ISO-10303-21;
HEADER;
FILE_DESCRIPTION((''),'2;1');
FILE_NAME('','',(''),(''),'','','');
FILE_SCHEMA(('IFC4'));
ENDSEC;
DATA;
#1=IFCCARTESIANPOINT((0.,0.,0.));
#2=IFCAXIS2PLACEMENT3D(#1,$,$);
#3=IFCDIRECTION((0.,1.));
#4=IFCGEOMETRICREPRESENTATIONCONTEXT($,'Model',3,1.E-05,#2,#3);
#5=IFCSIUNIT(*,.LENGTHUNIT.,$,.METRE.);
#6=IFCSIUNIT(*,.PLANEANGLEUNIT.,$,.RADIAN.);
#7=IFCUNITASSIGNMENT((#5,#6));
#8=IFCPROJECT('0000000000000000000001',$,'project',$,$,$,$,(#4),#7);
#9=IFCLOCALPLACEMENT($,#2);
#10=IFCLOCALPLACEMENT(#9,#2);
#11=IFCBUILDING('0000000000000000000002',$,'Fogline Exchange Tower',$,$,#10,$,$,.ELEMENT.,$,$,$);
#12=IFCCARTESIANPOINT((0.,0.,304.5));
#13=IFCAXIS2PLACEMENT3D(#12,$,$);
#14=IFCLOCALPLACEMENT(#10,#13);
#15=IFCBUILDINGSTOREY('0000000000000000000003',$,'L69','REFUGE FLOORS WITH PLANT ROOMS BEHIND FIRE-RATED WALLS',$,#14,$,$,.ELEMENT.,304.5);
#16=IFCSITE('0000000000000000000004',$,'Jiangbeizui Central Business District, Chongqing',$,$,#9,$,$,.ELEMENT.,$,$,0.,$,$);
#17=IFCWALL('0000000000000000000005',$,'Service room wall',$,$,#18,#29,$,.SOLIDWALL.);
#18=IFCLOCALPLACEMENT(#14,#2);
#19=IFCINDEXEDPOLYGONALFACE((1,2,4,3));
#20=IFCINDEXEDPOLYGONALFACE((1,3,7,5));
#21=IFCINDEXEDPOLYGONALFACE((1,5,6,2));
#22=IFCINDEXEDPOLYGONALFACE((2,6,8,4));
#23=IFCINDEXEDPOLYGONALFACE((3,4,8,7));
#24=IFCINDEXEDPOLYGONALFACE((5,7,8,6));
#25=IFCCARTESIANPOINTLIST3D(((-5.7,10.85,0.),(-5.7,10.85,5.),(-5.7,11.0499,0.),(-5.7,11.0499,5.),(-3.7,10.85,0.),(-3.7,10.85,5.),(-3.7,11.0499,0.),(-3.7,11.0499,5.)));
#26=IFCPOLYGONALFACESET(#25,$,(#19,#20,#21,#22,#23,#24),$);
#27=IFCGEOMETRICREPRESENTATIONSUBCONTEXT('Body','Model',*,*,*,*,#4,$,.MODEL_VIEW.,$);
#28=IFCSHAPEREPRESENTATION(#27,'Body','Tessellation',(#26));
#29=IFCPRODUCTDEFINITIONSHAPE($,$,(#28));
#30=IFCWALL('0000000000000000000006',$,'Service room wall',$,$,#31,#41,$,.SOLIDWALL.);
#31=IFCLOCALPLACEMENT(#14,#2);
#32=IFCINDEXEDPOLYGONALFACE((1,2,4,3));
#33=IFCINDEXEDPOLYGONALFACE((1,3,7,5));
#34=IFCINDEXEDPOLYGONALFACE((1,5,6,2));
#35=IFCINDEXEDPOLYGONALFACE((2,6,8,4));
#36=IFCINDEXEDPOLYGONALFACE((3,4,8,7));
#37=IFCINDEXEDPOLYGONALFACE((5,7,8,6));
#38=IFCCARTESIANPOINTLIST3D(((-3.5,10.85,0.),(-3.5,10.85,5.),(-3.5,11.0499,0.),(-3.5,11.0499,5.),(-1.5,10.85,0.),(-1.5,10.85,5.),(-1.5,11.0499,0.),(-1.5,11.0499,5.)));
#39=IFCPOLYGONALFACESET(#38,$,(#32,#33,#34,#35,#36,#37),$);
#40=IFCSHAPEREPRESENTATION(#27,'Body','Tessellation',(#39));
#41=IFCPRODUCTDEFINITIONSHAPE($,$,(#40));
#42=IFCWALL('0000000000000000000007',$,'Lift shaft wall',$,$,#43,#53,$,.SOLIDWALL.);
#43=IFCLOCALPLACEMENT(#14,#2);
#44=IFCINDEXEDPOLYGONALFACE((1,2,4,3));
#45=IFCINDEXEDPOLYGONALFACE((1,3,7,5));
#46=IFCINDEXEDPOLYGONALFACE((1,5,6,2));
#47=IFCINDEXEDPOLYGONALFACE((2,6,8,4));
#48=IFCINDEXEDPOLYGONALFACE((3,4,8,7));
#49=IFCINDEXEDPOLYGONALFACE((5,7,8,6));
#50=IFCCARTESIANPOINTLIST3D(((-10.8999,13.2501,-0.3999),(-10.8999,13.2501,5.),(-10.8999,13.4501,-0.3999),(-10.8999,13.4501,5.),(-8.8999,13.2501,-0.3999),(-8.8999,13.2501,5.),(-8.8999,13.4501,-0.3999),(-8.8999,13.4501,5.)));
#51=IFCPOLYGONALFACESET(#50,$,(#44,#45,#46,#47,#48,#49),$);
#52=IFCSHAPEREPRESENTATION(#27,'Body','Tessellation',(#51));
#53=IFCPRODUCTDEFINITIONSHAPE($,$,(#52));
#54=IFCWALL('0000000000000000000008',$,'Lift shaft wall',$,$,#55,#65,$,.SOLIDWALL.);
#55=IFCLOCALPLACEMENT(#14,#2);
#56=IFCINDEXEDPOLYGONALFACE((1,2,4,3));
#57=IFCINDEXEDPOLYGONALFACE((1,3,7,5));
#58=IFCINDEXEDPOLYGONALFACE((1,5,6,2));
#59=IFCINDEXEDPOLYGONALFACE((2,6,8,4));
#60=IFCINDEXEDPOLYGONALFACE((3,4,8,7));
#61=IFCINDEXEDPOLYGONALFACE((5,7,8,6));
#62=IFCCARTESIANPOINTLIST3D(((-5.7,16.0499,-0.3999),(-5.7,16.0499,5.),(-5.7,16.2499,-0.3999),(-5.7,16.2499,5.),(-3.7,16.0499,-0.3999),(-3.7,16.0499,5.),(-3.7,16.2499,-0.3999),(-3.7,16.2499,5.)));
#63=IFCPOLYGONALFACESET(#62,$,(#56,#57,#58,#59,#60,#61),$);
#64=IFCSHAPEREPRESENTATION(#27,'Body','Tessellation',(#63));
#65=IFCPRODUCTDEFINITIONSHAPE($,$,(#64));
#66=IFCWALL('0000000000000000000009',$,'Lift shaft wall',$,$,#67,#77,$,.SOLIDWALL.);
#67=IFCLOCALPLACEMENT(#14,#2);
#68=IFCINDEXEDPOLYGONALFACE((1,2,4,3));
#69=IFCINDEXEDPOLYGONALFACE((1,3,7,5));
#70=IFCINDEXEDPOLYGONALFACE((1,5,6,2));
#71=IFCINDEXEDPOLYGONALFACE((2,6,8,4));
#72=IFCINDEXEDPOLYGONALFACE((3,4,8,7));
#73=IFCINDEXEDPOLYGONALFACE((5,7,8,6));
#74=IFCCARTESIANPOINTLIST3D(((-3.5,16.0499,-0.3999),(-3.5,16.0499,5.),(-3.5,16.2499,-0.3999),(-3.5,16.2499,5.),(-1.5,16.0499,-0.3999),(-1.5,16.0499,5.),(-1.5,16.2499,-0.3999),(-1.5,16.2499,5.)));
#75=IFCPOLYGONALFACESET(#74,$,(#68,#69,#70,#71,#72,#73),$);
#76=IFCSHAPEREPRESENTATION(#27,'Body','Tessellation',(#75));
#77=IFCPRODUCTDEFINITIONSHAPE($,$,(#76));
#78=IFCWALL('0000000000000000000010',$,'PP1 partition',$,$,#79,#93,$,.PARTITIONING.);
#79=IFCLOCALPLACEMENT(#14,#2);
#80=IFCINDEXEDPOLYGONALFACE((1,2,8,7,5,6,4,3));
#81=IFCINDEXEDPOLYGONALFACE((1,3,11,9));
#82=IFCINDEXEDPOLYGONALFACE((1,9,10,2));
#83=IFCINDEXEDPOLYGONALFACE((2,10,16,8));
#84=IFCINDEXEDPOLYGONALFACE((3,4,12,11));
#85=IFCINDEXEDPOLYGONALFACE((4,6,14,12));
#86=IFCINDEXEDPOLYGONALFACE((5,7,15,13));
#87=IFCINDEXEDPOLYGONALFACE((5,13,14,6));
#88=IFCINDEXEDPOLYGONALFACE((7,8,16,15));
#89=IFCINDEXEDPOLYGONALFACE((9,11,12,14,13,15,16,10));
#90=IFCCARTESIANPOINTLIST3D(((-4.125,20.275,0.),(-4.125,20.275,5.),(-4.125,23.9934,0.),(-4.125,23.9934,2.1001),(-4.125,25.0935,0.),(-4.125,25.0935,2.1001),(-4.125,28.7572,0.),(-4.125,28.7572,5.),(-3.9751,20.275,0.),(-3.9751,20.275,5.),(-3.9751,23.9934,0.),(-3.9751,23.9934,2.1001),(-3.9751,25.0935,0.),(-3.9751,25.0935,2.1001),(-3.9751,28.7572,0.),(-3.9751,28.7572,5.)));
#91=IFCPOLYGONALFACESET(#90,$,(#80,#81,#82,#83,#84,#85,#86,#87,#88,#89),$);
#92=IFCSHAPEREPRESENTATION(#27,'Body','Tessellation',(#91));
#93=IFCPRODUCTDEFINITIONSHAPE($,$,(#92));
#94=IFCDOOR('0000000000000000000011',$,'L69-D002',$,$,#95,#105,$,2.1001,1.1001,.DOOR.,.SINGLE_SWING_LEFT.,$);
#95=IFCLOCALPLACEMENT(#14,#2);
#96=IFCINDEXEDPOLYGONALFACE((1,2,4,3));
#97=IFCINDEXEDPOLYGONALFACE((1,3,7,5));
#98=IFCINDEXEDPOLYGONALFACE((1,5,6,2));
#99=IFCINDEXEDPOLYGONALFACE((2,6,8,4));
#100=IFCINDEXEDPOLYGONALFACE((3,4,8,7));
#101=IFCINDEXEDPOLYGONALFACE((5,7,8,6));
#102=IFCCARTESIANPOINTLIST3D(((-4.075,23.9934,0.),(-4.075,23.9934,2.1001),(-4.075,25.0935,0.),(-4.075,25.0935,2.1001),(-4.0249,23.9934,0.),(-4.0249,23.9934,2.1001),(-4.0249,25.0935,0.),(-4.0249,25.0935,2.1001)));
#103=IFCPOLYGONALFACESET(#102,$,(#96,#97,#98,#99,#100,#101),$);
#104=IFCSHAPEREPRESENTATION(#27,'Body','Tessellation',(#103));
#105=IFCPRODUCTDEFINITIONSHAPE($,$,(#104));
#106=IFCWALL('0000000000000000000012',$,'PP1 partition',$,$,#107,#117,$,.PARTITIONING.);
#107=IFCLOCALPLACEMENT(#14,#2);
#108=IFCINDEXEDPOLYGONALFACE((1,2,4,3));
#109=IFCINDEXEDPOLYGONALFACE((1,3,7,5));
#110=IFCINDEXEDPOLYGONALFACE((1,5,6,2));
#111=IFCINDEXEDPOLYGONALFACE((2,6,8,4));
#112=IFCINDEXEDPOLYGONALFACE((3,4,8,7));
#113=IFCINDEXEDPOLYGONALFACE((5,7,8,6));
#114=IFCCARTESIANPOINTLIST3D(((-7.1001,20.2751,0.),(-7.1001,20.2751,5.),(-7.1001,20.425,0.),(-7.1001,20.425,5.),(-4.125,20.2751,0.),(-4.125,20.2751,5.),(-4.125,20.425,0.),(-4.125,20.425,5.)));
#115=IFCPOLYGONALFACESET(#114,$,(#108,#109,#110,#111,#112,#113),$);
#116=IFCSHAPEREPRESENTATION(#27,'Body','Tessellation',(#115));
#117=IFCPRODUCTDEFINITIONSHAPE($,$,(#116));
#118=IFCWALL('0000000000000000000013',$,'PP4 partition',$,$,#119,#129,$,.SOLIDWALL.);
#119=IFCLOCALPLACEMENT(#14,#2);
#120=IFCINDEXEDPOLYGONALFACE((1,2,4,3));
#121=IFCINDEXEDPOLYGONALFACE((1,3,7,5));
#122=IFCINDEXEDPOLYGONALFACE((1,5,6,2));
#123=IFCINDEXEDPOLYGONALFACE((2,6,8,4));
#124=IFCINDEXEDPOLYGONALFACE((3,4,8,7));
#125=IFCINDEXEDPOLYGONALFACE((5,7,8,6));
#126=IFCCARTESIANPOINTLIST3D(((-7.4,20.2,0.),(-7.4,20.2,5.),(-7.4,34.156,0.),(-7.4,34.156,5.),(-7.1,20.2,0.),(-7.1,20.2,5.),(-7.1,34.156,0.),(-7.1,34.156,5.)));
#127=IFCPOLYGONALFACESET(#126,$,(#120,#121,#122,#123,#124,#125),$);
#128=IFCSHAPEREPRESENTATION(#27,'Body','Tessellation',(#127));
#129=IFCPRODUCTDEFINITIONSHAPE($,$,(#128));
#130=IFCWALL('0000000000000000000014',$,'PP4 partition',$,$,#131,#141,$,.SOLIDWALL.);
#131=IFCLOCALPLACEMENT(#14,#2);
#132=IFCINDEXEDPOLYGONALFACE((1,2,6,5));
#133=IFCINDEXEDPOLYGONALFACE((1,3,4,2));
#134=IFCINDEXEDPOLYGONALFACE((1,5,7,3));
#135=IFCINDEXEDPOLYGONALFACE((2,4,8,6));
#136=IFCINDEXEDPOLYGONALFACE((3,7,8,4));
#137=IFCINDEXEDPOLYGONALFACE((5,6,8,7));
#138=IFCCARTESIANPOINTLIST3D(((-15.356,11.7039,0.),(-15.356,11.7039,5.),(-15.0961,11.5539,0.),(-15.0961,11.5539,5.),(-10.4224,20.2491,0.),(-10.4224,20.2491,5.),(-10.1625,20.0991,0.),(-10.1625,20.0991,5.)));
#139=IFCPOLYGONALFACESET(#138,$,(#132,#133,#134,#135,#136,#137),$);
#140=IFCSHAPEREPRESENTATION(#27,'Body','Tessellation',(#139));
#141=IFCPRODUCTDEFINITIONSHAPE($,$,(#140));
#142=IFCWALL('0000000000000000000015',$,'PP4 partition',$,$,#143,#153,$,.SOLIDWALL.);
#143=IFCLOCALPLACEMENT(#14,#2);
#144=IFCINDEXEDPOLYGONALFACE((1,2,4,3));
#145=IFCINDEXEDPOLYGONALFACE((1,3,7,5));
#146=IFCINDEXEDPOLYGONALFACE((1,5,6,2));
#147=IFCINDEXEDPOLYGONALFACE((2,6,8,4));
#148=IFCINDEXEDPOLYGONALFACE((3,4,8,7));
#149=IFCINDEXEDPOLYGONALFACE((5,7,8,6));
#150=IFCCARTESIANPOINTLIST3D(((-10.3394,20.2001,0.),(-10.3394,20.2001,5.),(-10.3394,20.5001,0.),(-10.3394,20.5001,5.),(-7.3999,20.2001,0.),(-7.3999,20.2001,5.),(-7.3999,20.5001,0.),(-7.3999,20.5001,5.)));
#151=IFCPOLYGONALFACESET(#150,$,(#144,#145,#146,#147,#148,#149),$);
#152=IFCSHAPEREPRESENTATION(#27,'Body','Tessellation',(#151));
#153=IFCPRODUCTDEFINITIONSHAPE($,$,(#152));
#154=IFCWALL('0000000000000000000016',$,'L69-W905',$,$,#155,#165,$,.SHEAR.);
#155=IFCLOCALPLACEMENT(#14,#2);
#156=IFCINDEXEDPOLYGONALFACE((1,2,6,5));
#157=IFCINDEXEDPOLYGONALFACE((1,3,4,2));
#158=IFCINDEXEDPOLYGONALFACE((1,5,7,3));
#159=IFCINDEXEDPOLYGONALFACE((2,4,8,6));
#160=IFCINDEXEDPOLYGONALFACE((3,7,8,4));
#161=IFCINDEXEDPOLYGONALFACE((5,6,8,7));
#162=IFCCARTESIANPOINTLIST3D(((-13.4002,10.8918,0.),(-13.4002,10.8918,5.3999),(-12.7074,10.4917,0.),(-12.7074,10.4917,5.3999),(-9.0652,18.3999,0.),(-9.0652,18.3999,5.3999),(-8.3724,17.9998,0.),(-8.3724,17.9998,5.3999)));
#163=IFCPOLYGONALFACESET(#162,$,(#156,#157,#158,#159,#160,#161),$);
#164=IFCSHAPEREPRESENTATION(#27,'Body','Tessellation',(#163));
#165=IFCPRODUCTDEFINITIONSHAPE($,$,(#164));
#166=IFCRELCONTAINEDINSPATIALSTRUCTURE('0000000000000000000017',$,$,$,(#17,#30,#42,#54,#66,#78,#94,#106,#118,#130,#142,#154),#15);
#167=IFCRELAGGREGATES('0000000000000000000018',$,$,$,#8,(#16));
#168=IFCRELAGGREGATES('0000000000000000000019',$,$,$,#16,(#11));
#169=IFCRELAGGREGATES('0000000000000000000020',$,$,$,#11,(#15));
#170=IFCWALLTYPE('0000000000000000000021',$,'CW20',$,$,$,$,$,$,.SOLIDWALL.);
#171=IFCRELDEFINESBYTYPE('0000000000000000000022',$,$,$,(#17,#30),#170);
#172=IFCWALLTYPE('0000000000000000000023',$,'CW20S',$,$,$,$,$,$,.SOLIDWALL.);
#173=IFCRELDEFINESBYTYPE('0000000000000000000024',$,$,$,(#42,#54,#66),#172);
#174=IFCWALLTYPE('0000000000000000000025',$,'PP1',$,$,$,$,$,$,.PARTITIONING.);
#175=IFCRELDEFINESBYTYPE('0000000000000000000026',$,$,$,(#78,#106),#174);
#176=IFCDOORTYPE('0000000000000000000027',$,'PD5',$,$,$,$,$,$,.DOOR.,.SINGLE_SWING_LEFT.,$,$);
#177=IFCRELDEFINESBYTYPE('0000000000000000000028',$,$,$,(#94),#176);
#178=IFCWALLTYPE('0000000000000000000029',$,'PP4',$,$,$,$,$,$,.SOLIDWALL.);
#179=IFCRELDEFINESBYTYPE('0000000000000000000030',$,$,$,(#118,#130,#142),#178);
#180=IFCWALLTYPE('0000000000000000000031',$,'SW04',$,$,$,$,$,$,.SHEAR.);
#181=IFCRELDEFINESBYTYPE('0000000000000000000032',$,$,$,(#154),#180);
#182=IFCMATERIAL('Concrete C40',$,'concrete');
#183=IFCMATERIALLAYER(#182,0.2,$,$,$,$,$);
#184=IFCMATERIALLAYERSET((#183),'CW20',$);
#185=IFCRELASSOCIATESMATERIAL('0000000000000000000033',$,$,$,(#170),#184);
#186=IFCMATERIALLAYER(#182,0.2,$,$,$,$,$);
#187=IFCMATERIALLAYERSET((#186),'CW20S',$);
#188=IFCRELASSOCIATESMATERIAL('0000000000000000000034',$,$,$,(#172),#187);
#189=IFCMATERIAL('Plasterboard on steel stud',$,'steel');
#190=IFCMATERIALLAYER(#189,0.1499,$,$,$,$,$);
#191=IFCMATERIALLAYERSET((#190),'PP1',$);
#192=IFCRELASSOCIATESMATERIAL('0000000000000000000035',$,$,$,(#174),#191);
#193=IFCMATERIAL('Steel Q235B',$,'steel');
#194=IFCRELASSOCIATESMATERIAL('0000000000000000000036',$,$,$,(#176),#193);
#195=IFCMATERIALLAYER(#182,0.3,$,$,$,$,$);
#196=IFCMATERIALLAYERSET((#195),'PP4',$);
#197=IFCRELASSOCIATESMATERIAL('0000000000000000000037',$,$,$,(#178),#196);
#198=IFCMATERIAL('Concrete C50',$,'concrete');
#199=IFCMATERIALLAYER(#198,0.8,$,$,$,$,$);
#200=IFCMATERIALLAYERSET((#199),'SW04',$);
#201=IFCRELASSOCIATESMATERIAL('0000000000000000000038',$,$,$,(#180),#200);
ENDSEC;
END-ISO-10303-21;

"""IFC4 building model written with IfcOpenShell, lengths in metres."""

from ifc_helpers import new_model, si_unit, direction, frame, frame_2d, origin, place, context, subcontext, project, spatial, rectangle, extrude, material, layer, layer_set, type_object, element, fill, save


model = new_model("IFC4")

# Units and contexts
model_context = context("Model", 3, precision=1e-05, world=origin(), true_north=direction((0.0, 1.0)))
body_context = subcontext(model_context, "Body", "Model", "MODEL_VIEW")
ifc_project = project(units=[si_unit("LENGTHUNIT", "METRE"), si_unit("PLANEANGLEUNIT", "RADIAN")], contexts=[model_context])

# Site, building, storey
site_placement = place(None, origin())
site = spatial("IfcSite", under=ifc_project, at=site_placement, Name="Jiangbeizui Central Business District, Chongqing", CompositionType="ELEMENT", RefElevation=0.0)
building_placement = place(site_placement, origin())
building = spatial("IfcBuilding", under=site, at=building_placement, Name="Fogline Exchange Tower", CompositionType="ELEMENT")
storey_placement = place(building_placement, frame((0.0, 0.0, 304.5)))
storey = spatial("IfcBuildingStorey", under=building, at=storey_placement, Name="L69", Description="REFUGE FLOORS WITH PLANT ROOMS BEHIND FIRE-RATED WALLS", CompositionType="ELEMENT", Elevation=304.5)

# Shared definitions
ifc_material_1 = material(Name="Concrete C40", Category="concrete")

# Walls
ifc_layer_1 = layer(ifc_material_1, 0.2)
ifc_layer_set_1 = layer_set([ifc_layer_1], Name="CW20")
wall_type_1 = type_object("IfcWallType", Name="CW20", PredefinedType="SOLIDWALL", material=ifc_layer_set_1)
for number, where, z_axis, x_axis, name in (
    (1, (-5.7, 10.95, 0.0), (0.0, 0.0, 1.0), (1.0, 0.0, 0.0), "Service room wall"),
    (2, (-3.5, 10.95, 0.0), (0.0, 0.0, 1.0), (1.0, 0.0, 0.0), "Service room wall"),
):
    element("IfcWall", number, at=place(storey_placement, frame(where, z_axis=z_axis, x_axis=x_axis)), inside=storey, type_object=wall_type_1, Name=name, PredefinedType="SOLIDWALL", context=body_context, shape_type="SweptSolid", body=[
        extrude(rectangle(XDim=2.0, YDim=0.2, at=frame_2d((1.0, 0.0))), origin(), (0.0, 0.0, 1.0), 5.0),
    ])
ifc_layer_2 = layer(ifc_material_1, 0.2)
ifc_layer_set_2 = layer_set([ifc_layer_2], Name="CW20S")
wall_type_2 = type_object("IfcWallType", Name="CW20S", PredefinedType="SOLIDWALL", material=ifc_layer_set_2)
for number, where, z_axis, x_axis, name in (
    (3, (-10.8999, 13.3501, -0.3999), (0.0, 0.0, 1.0), (1.0, 0.0, 0.0), "Lift shaft wall"),
    (4, (-5.7, 16.1499, -0.3999), (0.0, 0.0, 1.0), (1.0, 0.0, 0.0), "Lift shaft wall"),
    (5, (-3.5, 16.1499, -0.3999), (0.0, 0.0, 1.0), (1.0, 0.0, 0.0), "Lift shaft wall"),
):
    element("IfcWall", number, at=place(storey_placement, frame(where, z_axis=z_axis, x_axis=x_axis)), inside=storey, type_object=wall_type_2, Name=name, PredefinedType="SOLIDWALL", context=body_context, shape_type="SweptSolid", body=[
        extrude(rectangle(XDim=2.0, YDim=0.2, at=frame_2d((1.0, 0.0))), origin(), (0.0, 0.0, 1.0), 5.3999),
    ])

# Wall, opening, door
ifc_material_2 = material(Name="Plasterboard on steel stud", Category="steel")
ifc_layer_3 = layer(ifc_material_2, 0.1499)
ifc_layer_set_3 = layer_set([ifc_layer_3], Name="PP1")
wall_type_3 = type_object("IfcWallType", Name="PP1", PredefinedType="PARTITIONING", material=ifc_layer_set_3)
wall_1_placement = place(storey_placement, frame((-4.05, 20.2749, 0.0), z_axis=(0.0, 0.0, 1.0), x_axis=(0.0, 1.0, 0.0)))
wall_1 = element("IfcWall", 6, at=wall_1_placement, inside=storey, type_object=wall_type_3, Name="PP1 partition", PredefinedType="PARTITIONING", context=body_context, shape_type="SweptSolid", body=[
    extrude(rectangle(XDim=8.4822, YDim=0.1499, at=frame_2d((4.2412, 0.0))), origin(), (0.0, 0.0, 1.0), 5.0),
])
opening_1_placement = place(wall_1_placement, frame((3.7185, 0.0, 0.0)))
opening_1 = element("IfcOpeningElement", 7, at=opening_1_placement, cuts=wall_1, PredefinedType="OPENING", context=body_context, shape_type="SweptSolid", body=[
    extrude(rectangle(XDim=1.1001, YDim=2.1001, at=frame_2d((0.55, 1.05))), frame((0.0, 0.085, 0.0), z_axis=(0.0, -1.0, 0.0), x_axis=(1.0, 0.0, 0.0)), (0.0, 0.0, 1.0), 0.1699),
])
ifc_material_3 = material(Name="Steel Q235B", Category="steel")
door_type_1 = type_object("IfcDoorType", Name="PD5", OperationType="SINGLE_SWING_LEFT", PredefinedType="DOOR", material=ifc_material_3)
door_1_placement = place(opening_1_placement, origin())
door_1 = element("IfcDoor", 8, at=door_1_placement, inside=storey, type_object=door_type_1, Name="L69-D002", OperationType="SINGLE_SWING_LEFT", OverallHeight=2.1001, OverallWidth=1.1001, PredefinedType="DOOR", context=body_context, shape_type="SweptSolid", body=[
    extrude(rectangle(XDim=1.1001, YDim=2.1001, at=frame_2d((0.55, 1.05))), frame((0.0, 0.0249, 0.0), z_axis=(0.0, -1.0, 0.0), x_axis=(1.0, 0.0, 0.0)), (0.0, 0.0, 1.0), 0.05),
])
fill(opening_1, door_1)

# Walls
wall_2_placement = place(storey_placement, frame((-7.1001, 20.3501, 0.0), z_axis=(0.0, 0.0, 1.0), x_axis=(1.0, 0.0, 0.0)))
element("IfcWall", 9, at=wall_2_placement, inside=storey, type_object=wall_type_3, Name="PP1 partition", PredefinedType="PARTITIONING", context=body_context, shape_type="SweptSolid", body=[
    extrude(rectangle(XDim=2.9751, YDim=0.1499, at=frame_2d((1.4875, 0.0))), origin(), (0.0, 0.0, 1.0), 5.0),
])
ifc_layer_4 = layer(ifc_material_1, 0.3)
ifc_layer_set_4 = layer_set([ifc_layer_4], Name="PP4")
wall_type_4 = type_object("IfcWallType", Name="PP4", PredefinedType="SOLIDWALL", material=ifc_layer_set_4)
wall_3_placement = place(storey_placement, frame((-7.25, 20.2, 0.0), z_axis=(0.0, 0.0, 1.0), x_axis=(0.0, 1.0, 0.0)))
element("IfcWall", 10, at=wall_3_placement, inside=storey, type_object=wall_type_4, Name="PP4 partition", PredefinedType="SOLIDWALL", context=body_context, shape_type="SweptSolid", body=[
    extrude(rectangle(XDim=13.9561, YDim=0.3, at=frame_2d((6.978, 0.0))), origin(), (0.0, 0.0, 1.0), 5.0),
])
wall_4_placement = place(storey_placement, frame((-15.2261, 11.6289, 0.0), z_axis=(0.0, 0.0, 1.0), x_axis=(0.500003, 0.866024, 0.0)))
element("IfcWall", 11, at=wall_4_placement, inside=storey, type_object=wall_type_4, Name="PP4 partition", PredefinedType="SOLIDWALL", context=body_context, shape_type="SweptSolid", body=[
    extrude(rectangle(XDim=9.8672, YDim=0.3, at=frame_2d((4.9336, 0.0))), origin(), (0.0, 0.0, 1.0), 5.0),
])
wall_5_placement = place(storey_placement, frame((-10.3394, 20.3501, 0.0), z_axis=(0.0, 0.0, 1.0), x_axis=(1.0, 0.0, 0.0)))
element("IfcWall", 12, at=wall_5_placement, inside=storey, type_object=wall_type_4, Name="PP4 partition", PredefinedType="SOLIDWALL", context=body_context, shape_type="SweptSolid", body=[
    extrude(rectangle(XDim=2.9395, YDim=0.3, at=frame_2d((1.4697, 0.0))), origin(), (0.0, 0.0, 1.0), 5.0),
])
ifc_material_4 = material(Name="Concrete C50", Category="concrete")
ifc_layer_5 = layer(ifc_material_4, 0.8)
ifc_layer_set_5 = layer_set([ifc_layer_5], Name="SW04")
wall_type_5 = type_object("IfcWallType", Name="SW04", PredefinedType="SHEAR", material=ifc_layer_set_5)
wall_6_placement = place(storey_placement, frame((-8.7188, 18.2, 0.0), z_axis=(0.0, 0.0, 1.0), x_axis=(-0.500016, -0.866016, 0.0)))
element("IfcWall", 13, at=wall_6_placement, inside=storey, type_object=wall_type_5, Name="L69-W905", PredefinedType="SHEAR", context=body_context, shape_type="SweptSolid", body=[
    extrude(rectangle(XDim=8.6697, YDim=0.8, at=frame_2d((4.335, 0.0))), origin(), (0.0, 0.0, 1.0), 5.3999),
])

save(model, "model.ifc")
